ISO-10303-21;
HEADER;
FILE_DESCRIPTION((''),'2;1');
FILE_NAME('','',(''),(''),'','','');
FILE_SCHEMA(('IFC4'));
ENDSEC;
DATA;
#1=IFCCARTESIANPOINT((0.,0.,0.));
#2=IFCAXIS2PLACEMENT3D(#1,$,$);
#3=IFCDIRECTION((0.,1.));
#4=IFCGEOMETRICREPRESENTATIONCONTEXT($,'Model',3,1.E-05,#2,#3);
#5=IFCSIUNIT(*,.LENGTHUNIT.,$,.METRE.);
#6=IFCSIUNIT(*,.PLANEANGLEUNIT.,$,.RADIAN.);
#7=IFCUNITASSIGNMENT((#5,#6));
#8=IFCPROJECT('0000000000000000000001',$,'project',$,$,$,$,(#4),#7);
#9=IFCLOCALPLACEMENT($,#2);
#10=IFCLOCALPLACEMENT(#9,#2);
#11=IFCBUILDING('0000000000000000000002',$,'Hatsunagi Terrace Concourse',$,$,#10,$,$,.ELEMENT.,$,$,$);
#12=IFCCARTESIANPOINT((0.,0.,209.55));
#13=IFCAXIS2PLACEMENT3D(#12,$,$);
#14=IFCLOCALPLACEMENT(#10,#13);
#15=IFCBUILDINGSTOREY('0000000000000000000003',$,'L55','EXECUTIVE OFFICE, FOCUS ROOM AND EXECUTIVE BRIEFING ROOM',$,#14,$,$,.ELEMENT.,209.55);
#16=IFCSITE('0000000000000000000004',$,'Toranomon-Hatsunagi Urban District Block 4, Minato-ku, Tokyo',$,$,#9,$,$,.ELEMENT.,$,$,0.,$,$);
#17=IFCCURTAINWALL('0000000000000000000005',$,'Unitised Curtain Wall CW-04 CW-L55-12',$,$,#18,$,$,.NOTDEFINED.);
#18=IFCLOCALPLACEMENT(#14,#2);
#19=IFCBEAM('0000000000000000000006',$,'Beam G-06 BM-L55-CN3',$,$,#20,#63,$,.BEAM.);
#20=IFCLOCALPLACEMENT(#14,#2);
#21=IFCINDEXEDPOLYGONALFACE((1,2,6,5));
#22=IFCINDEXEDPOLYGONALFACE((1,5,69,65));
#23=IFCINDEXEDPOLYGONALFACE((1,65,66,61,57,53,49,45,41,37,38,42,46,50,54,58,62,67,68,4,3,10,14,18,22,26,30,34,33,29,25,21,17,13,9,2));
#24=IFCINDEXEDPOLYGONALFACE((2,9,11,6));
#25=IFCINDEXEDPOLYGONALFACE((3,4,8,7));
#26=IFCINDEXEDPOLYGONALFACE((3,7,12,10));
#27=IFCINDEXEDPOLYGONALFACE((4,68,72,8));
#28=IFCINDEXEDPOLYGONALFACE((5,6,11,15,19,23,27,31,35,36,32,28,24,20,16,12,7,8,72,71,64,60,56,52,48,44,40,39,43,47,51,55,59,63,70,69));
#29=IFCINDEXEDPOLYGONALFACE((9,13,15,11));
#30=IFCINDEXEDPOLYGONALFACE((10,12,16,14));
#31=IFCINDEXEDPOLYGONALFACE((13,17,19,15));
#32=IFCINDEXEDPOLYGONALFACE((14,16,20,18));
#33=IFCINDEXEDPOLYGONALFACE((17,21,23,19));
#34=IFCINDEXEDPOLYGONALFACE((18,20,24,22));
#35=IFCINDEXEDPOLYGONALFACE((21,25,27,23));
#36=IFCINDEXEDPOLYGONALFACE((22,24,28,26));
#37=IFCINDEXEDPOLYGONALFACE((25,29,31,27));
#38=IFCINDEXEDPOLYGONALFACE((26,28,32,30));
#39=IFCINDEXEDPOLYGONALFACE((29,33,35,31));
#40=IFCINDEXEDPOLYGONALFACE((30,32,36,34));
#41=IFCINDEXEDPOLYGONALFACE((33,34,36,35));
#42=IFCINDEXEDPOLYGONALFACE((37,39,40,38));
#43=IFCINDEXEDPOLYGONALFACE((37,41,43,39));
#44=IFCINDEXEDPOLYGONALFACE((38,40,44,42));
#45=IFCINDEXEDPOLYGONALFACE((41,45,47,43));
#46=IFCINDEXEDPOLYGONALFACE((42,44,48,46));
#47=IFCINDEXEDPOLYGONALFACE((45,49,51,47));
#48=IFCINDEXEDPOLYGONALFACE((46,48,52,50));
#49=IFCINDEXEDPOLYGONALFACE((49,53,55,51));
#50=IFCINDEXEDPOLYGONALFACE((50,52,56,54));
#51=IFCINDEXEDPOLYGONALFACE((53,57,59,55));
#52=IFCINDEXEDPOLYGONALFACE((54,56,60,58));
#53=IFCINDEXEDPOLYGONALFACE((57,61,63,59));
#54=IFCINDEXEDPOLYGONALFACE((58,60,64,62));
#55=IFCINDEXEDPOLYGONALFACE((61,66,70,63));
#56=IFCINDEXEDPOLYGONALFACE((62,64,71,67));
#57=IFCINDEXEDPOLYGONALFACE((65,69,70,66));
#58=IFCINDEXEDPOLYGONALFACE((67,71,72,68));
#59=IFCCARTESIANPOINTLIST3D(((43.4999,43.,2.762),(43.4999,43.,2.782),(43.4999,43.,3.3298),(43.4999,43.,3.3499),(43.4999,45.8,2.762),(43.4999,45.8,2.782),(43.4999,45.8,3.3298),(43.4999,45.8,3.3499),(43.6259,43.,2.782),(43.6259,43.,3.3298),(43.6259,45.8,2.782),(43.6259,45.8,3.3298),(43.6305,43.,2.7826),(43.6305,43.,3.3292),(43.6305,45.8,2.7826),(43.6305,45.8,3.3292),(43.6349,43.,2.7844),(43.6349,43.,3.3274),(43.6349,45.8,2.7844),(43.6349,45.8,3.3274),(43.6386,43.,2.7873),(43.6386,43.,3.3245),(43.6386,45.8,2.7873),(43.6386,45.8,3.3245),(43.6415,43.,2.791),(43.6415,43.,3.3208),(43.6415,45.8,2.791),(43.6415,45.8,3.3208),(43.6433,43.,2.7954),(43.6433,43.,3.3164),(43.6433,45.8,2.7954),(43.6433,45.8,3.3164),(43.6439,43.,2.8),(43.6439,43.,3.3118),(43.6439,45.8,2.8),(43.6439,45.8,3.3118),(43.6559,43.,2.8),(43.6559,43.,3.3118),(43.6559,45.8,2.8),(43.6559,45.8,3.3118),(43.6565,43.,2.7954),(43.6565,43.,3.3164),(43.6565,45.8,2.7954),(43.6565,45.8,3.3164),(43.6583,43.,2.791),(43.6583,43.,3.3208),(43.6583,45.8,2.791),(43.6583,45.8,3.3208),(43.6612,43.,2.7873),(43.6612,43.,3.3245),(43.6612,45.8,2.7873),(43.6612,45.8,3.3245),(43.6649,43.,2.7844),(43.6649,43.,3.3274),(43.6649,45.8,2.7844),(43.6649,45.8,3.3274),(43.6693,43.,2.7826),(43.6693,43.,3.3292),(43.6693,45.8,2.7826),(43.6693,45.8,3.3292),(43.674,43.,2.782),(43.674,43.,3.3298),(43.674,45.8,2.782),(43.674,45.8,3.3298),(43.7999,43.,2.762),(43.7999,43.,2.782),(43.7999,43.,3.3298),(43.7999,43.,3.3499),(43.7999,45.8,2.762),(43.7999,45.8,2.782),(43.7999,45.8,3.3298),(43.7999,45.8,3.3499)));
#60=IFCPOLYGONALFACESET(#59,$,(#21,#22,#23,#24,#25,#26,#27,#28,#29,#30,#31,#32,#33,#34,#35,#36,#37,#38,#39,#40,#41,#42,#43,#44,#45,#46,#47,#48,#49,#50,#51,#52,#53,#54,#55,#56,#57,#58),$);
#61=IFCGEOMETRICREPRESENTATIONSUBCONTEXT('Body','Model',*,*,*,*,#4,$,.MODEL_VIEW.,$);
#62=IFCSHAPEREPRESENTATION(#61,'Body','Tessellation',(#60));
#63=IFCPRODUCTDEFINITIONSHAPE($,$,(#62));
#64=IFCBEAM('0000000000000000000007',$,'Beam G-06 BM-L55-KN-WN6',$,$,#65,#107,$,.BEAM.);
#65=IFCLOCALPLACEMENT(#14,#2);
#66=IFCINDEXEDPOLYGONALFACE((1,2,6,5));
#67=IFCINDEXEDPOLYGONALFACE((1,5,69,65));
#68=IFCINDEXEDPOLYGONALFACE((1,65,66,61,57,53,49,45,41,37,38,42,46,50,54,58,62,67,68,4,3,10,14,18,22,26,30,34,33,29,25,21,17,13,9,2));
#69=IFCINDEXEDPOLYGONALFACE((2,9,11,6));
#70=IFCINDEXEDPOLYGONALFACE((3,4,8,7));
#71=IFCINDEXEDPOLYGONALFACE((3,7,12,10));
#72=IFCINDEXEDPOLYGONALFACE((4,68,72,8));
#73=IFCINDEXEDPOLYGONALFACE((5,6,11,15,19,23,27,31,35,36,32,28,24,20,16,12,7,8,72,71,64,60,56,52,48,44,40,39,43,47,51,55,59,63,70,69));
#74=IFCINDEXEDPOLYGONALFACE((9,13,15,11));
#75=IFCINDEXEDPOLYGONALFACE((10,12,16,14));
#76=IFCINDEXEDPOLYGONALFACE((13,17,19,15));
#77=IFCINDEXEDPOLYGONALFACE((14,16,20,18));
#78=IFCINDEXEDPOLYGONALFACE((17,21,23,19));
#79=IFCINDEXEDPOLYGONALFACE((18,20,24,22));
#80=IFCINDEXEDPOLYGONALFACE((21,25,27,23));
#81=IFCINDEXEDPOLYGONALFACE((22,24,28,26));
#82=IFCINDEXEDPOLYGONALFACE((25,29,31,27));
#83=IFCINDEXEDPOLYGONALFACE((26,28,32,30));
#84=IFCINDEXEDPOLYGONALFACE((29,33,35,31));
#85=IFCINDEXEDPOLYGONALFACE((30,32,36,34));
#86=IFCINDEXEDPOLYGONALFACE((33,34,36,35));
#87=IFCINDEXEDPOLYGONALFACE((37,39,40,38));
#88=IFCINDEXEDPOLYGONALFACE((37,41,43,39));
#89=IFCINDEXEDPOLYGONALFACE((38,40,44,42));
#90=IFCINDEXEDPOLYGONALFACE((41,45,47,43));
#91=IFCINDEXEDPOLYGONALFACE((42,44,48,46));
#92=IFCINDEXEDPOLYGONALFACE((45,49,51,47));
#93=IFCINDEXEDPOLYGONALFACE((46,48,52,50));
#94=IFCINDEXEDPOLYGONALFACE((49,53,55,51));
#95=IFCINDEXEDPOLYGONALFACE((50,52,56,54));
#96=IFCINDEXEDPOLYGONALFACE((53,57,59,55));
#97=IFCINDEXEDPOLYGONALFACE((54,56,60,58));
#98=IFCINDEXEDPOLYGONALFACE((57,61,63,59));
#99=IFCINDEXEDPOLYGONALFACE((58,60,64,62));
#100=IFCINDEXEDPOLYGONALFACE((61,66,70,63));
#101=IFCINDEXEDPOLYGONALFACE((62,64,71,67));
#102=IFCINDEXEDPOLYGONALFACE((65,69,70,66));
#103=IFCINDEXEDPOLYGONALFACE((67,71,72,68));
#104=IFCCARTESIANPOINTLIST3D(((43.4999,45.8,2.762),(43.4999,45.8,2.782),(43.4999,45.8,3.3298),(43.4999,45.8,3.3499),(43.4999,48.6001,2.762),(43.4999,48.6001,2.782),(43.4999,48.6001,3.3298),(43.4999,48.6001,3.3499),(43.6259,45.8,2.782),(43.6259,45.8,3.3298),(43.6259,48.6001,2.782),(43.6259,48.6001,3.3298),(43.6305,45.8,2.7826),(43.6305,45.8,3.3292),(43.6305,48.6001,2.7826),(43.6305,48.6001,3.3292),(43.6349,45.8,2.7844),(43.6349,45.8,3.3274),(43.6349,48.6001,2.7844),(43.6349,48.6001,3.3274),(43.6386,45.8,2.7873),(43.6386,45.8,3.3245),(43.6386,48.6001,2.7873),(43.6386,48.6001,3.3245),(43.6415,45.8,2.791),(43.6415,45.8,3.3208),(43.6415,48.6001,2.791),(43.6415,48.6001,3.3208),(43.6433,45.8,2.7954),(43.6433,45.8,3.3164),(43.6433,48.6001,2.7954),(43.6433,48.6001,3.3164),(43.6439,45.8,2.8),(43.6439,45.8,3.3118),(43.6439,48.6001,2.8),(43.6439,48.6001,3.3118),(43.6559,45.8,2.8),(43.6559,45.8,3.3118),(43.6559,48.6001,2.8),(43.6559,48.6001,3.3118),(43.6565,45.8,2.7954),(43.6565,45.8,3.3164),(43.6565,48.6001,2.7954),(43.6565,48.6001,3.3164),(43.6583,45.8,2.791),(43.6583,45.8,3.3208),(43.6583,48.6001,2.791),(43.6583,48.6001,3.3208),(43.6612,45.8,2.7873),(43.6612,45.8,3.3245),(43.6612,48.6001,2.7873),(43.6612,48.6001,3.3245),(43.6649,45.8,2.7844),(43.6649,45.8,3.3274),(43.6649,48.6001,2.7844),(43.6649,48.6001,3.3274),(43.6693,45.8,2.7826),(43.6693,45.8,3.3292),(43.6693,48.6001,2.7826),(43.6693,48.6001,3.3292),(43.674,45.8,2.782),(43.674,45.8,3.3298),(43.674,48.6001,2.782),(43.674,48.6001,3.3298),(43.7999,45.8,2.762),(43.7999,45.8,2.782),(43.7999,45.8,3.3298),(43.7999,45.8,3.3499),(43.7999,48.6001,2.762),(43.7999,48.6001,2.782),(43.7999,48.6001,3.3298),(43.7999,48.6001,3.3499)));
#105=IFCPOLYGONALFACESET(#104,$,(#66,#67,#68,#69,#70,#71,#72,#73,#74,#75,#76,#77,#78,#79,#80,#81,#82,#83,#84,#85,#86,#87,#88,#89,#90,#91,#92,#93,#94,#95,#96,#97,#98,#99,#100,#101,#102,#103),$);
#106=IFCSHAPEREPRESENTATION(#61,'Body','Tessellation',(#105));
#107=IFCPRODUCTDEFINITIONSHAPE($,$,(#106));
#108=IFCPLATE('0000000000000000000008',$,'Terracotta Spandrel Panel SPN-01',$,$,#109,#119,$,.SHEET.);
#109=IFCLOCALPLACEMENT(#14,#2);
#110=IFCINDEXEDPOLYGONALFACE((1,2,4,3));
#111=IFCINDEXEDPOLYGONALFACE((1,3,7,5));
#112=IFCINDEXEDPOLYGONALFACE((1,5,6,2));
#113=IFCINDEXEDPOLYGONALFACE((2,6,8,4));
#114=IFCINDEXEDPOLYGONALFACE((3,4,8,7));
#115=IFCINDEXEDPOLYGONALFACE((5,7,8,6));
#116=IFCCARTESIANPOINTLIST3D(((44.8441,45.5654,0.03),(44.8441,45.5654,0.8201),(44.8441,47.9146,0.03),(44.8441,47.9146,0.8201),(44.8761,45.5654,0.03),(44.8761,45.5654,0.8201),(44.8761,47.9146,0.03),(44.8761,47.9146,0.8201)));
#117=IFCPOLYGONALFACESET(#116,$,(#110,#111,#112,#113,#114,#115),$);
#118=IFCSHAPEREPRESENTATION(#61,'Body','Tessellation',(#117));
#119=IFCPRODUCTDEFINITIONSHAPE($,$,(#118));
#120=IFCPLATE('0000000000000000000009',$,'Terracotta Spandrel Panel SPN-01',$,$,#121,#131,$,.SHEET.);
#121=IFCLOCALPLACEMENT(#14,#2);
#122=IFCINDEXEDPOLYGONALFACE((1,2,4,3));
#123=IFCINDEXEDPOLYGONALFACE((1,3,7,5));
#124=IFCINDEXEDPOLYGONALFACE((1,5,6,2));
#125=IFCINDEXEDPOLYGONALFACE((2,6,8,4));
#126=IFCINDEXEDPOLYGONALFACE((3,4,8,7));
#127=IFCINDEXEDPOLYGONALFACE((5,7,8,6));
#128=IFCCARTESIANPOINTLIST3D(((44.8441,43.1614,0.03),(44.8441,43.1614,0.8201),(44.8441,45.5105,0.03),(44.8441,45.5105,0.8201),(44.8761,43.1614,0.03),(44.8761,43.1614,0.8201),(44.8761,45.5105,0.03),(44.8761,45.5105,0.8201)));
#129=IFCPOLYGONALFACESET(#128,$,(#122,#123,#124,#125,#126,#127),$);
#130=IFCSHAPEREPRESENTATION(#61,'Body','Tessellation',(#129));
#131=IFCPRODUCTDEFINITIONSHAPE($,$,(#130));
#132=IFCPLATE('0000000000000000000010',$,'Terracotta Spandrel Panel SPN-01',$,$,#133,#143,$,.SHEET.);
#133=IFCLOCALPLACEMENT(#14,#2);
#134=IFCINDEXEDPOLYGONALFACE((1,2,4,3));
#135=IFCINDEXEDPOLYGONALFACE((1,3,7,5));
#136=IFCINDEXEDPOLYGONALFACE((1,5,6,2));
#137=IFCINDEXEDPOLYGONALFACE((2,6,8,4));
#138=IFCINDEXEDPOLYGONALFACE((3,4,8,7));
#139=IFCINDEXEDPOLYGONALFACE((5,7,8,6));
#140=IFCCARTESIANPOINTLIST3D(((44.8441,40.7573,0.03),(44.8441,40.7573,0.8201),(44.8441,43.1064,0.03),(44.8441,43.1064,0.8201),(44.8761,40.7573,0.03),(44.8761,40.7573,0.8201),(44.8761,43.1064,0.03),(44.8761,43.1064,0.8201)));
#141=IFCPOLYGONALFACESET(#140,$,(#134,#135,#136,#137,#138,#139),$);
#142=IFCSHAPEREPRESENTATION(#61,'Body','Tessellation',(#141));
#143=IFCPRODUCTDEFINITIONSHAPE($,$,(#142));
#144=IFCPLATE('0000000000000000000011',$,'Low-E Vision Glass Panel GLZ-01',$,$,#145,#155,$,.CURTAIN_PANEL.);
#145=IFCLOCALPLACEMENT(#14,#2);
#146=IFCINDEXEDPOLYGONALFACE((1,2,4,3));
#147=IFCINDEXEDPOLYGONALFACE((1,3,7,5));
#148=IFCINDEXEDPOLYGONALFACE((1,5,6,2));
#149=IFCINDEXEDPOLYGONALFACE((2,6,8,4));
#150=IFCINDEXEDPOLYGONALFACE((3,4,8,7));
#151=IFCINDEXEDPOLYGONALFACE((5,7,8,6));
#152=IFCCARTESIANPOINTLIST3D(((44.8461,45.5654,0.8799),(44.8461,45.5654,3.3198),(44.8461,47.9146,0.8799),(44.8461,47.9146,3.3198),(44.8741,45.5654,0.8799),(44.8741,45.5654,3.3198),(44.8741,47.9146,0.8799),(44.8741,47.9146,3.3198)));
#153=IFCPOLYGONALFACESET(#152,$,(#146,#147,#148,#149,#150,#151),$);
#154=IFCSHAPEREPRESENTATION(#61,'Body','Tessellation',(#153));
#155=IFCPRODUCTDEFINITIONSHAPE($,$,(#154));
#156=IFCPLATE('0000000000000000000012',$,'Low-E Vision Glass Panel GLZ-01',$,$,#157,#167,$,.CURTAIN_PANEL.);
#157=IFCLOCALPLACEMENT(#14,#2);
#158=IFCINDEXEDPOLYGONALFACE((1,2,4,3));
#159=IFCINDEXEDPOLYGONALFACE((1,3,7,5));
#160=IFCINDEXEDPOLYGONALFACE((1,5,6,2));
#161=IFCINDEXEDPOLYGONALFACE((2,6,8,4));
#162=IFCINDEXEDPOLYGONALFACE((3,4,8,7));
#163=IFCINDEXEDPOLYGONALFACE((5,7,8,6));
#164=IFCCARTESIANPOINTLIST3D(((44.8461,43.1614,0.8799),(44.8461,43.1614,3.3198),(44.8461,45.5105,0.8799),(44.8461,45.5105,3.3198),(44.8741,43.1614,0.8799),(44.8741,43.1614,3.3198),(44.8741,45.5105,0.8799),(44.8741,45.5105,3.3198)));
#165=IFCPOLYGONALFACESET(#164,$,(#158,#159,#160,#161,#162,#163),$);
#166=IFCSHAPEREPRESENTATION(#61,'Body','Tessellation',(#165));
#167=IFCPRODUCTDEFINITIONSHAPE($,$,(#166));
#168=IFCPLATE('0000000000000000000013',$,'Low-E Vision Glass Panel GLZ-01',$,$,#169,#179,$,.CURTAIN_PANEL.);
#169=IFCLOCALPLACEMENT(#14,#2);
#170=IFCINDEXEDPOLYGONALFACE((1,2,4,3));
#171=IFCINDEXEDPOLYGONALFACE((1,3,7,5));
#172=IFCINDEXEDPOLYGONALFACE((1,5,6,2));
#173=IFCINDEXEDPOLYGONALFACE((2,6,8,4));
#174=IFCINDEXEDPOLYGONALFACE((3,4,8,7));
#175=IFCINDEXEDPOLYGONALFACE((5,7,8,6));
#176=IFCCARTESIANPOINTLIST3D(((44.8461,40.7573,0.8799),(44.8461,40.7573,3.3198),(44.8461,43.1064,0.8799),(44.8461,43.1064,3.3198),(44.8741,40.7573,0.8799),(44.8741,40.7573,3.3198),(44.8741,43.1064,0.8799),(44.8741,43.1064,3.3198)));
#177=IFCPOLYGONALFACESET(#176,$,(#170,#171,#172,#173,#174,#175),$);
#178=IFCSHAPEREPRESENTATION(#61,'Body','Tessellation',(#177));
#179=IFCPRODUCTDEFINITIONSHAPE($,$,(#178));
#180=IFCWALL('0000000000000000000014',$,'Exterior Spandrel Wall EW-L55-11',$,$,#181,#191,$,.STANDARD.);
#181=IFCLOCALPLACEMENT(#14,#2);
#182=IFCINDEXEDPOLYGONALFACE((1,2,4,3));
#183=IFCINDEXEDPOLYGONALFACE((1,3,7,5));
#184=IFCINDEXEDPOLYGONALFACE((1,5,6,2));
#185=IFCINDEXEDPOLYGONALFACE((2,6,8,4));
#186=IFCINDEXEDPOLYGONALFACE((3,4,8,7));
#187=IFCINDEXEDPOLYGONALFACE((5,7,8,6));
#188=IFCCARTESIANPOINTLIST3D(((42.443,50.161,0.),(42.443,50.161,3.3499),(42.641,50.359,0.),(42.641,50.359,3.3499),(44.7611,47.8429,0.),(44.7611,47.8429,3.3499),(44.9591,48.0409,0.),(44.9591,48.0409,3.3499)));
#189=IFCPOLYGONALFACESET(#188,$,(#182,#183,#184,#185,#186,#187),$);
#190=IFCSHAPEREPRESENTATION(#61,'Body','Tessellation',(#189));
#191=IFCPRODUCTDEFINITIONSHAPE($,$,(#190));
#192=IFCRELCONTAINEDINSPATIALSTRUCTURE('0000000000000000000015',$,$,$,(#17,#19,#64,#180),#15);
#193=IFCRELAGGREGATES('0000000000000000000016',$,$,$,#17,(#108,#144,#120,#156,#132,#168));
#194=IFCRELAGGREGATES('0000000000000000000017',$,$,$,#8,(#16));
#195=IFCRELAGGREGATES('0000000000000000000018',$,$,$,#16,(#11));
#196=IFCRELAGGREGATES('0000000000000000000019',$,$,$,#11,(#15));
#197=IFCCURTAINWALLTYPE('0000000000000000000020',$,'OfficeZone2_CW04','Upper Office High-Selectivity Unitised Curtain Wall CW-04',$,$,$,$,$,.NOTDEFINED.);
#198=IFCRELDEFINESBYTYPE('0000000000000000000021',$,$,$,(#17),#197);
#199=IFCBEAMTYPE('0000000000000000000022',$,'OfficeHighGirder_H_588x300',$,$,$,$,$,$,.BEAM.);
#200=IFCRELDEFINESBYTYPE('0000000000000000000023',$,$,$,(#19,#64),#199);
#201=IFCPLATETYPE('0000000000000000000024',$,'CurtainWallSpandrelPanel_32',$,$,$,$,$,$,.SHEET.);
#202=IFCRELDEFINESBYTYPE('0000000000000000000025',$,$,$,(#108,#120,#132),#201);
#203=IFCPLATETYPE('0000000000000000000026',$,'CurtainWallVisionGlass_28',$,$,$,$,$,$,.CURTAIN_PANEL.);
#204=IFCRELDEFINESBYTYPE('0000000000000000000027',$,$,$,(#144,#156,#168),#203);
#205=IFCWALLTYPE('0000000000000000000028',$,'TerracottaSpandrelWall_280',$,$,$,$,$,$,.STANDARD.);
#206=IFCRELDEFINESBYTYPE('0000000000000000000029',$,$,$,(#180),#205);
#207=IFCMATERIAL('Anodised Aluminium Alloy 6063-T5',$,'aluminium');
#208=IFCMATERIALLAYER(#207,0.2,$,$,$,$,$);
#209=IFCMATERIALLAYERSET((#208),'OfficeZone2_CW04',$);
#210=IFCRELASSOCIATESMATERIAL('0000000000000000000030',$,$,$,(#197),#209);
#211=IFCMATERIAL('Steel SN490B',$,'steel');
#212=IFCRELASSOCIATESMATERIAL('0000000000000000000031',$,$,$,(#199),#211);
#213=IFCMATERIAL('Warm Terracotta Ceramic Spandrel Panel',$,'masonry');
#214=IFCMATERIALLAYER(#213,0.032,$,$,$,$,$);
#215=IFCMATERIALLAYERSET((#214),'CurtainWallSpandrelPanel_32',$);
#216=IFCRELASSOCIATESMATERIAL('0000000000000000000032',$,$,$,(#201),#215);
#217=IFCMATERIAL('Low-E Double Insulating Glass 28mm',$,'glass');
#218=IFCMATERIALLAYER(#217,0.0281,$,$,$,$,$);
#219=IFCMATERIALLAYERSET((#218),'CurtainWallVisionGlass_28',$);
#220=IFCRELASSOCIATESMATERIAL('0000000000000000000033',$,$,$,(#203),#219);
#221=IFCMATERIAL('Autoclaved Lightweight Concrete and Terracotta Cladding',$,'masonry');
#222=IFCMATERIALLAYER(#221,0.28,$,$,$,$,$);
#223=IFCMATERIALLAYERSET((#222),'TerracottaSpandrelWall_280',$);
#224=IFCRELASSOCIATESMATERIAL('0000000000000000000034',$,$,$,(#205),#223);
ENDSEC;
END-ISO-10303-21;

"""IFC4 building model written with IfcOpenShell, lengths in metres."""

from ifc_helpers import new_model, si_unit, direction, frame, frame_2d, origin, origin_2d, place, context, subcontext, project, spatial, rectangle, i_section, extrude, material, layer, layer_set, material_profile, profile_set, type_object, element, aggregate, save


model = new_model("IFC4")

# Units and contexts
model_context = context("Model", 3, precision=1e-05, world=origin(), true_north=direction((0.0, 1.0)))
body_context = subcontext(model_context, "Body", "Model", "MODEL_VIEW")
ifc_project = project(units=[si_unit("LENGTHUNIT", "METRE"), si_unit("PLANEANGLEUNIT", "RADIAN")], contexts=[model_context])

# Site, building, storey
site_placement = place(None, origin())
site = spatial("IfcSite", under=ifc_project, at=site_placement, Name="Toranomon-Hatsunagi Urban District Block 4, Minato-ku, Tokyo", CompositionType="ELEMENT", RefElevation=0.0)
building_placement = place(site_placement, origin())
building = spatial("IfcBuilding", under=site, at=building_placement, Name="Hatsunagi Terrace Concourse", CompositionType="ELEMENT")
storey_placement = place(building_placement, frame((0.0, 0.0, 209.55)))
storey = spatial("IfcBuildingStorey", under=building, at=storey_placement, Name="L55", Description="EXECUTIVE OFFICE, FOCUS ROOM AND EXECUTIVE BRIEFING ROOM", CompositionType="ELEMENT", Elevation=209.55)

# Curtain wall
ifc_material_1 = material(Name="Anodised Aluminium Alloy 6063-T5", Category="aluminium")
ifc_layer_1 = layer(ifc_material_1, 0.2)
ifc_layer_set_1 = layer_set([ifc_layer_1], Name="OfficeZone2_CW04")
curtain_wall_type = type_object("IfcCurtainWallType", Name="OfficeZone2_CW04", Description="Upper Office High-Selectivity Unitised Curtain Wall CW-04", PredefinedType="NOTDEFINED", material=ifc_layer_set_1)
curtain_wall_placement = place(storey_placement, origin())
curtain_wall = element("IfcCurtainWall", 1, at=curtain_wall_placement, inside=storey, type_object=curtain_wall_type, Name="Unitised Curtain Wall CW-04 CW-L55-12", PredefinedType="NOTDEFINED")

# Beams
ifc_material_2 = material(Name="Steel SN490B", Category="steel")
ifc_material_profile_1 = material_profile(ifc_material_2, i_section(OverallWidth=0.3, OverallDepth=0.5879, WebThickness=0.012, FlangeThickness=0.02, FilletRadius=0.0181, at=origin_2d()), Name="H-588x300x12x20")
ifc_profile_set_1 = profile_set([ifc_material_profile_1], Name="Steel SN490B")
beam_type = type_object("IfcBeamType", Name="OfficeHighGirder_H_588x300", PredefinedType="BEAM", material=ifc_profile_set_1)
for number, where, z_axis, x_axis, name in (
    (2, (43.6499, 43.0, 3.0559), (0.0, 1.0, 0.0), (-1.0, 0.0, 0.0), "Beam G-06 BM-L55-CN3"),
    (3, (43.6499, 45.8, 3.0559), (0.0, 1.0, 0.0), (-1.0, 0.0, 0.0), "Beam G-06 BM-L55-KN-WN6"),
):
    element("IfcBeam", number, at=place(storey_placement, frame(where, z_axis=z_axis, x_axis=x_axis)), inside=storey, type_object=beam_type, Name=name, PredefinedType="BEAM", context=body_context, shape_type="SweptSolid", body=[
        extrude(i_section(OverallWidth=0.3, OverallDepth=0.5879, WebThickness=0.012, FlangeThickness=0.02, FilletRadius=0.0181, at=origin_2d()), origin(), (0.0, 0.0, 1.0), 2.8),
    ])

# Plates
ifc_material_3 = material(Name="Warm Terracotta Ceramic Spandrel Panel", Category="masonry")
ifc_layer_2 = layer(ifc_material_3, 0.032)
ifc_layer_set_2 = layer_set([ifc_layer_2], Name="CurtainWallSpandrelPanel_32")
plate_type_1 = type_object("IfcPlateType", Name="CurtainWallSpandrelPanel_32", PredefinedType="SHEET", material=ifc_layer_set_2)
plate_1_placement = place(storey_placement, frame((44.8601, 46.74, 0.03), z_axis=(0.0, 0.0, 1.0), x_axis=(0.0, -1.0, 0.0)))
plate_1 = element("IfcPlate", 4, at=plate_1_placement, type_object=plate_type_1, Name="Terracotta Spandrel Panel SPN-01", PredefinedType="SHEET", context=body_context, shape_type="SweptSolid", body=[
    extrude(rectangle(XDim=2.3491, YDim=0.032, at=origin_2d()), origin(), (0.0, 0.0, 1.0), 0.79),
])
plate_2_placement = place(storey_placement, frame((44.8601, 44.3359, 0.03), z_axis=(0.0, 0.0, 1.0), x_axis=(0.0, -1.0, 0.0)))
plate_2 = element("IfcPlate", 5, at=plate_2_placement, type_object=plate_type_1, Name="Terracotta Spandrel Panel SPN-01", PredefinedType="SHEET", context=body_context, shape_type="SweptSolid", body=[
    extrude(rectangle(XDim=2.3491, YDim=0.032, at=origin_2d()), origin(), (0.0, 0.0, 1.0), 0.79),
])
plate_3_placement = place(storey_placement, frame((44.8601, 41.9319, 0.03), z_axis=(0.0, 0.0, 1.0), x_axis=(0.0, -1.0, 0.0)))
plate_3 = element("IfcPlate", 6, at=plate_3_placement, type_object=plate_type_1, Name="Terracotta Spandrel Panel SPN-01", PredefinedType="SHEET", context=body_context, shape_type="SweptSolid", body=[
    extrude(rectangle(XDim=2.3491, YDim=0.032, at=origin_2d()), origin(), (0.0, 0.0, 1.0), 0.79),
])
ifc_material_4 = material(Name="Low-E Double Insulating Glass 28mm", Category="glass")
ifc_layer_3 = layer(ifc_material_4, 0.0281)
ifc_layer_set_3 = layer_set([ifc_layer_3], Name="CurtainWallVisionGlass_28")
plate_type_2 = type_object("IfcPlateType", Name="CurtainWallVisionGlass_28", PredefinedType="CURTAIN_PANEL", material=ifc_layer_set_3)
plate_4_placement = place(storey_placement, frame((44.8601, 46.74, 0.8799), z_axis=(0.0, 0.0, 1.0), x_axis=(0.0, -1.0, 0.0)))
plate_4 = element("IfcPlate", 7, at=plate_4_placement, type_object=plate_type_2, Name="Low-E Vision Glass Panel GLZ-01", PredefinedType="CURTAIN_PANEL", context=body_context, shape_type="SweptSolid", body=[
    extrude(rectangle(XDim=2.3491, YDim=0.0281, at=origin_2d()), origin(), (0.0, 0.0, 1.0), 2.4399),
])
plate_5_placement = place(storey_placement, frame((44.8601, 44.3359, 0.8799), z_axis=(0.0, 0.0, 1.0), x_axis=(0.0, -1.0, 0.0)))
plate_5 = element("IfcPlate", 8, at=plate_5_placement, type_object=plate_type_2, Name="Low-E Vision Glass Panel GLZ-01", PredefinedType="CURTAIN_PANEL", context=body_context, shape_type="SweptSolid", body=[
    extrude(rectangle(XDim=2.3491, YDim=0.0281, at=origin_2d()), origin(), (0.0, 0.0, 1.0), 2.4399),
])
plate_6_placement = place(storey_placement, frame((44.8601, 41.9319, 0.8799), z_axis=(0.0, 0.0, 1.0), x_axis=(0.0, -1.0, 0.0)))
plate_6 = element("IfcPlate", 9, at=plate_6_placement, type_object=plate_type_2, Name="Low-E Vision Glass Panel GLZ-01", PredefinedType="CURTAIN_PANEL", context=body_context, shape_type="SweptSolid", body=[
    extrude(rectangle(XDim=2.3491, YDim=0.0281, at=origin_2d()), origin(), (0.0, 0.0, 1.0), 2.4399),
])
aggregate(curtain_wall, [plate_1, plate_4, plate_2, plate_5, plate_3, plate_6])

# Wall
ifc_material_5 = material(Name="Autoclaved Lightweight Concrete and Terracotta Cladding", Category="masonry")
ifc_layer_4 = layer(ifc_material_5, 0.28)
ifc_layer_set_4 = layer_set([ifc_layer_4], Name="TerracottaSpandrelWall_280")
wall_type = type_object("IfcWallType", Name="TerracottaSpandrelWall_280", PredefinedType="STANDARD", material=ifc_layer_set_4)
wall_placement = place(storey_placement, frame((42.542, 50.26, 0.0), z_axis=(0.0, 0.0, 1.0), x_axis=(0.707107, -0.707107, 0.0)))
element("IfcWall", 10, at=wall_placement, inside=storey, type_object=wall_type, Name="Exterior Spandrel Wall EW-L55-11", PredefinedType="STANDARD", context=body_context, shape_type="SweptSolid", body=[
    extrude(rectangle(XDim=3.2783, YDim=0.28, at=frame_2d((1.6392, 0.0))), origin(), (0.0, 0.0, 1.0), 3.3499),
])

save(model, "model.ifc")
